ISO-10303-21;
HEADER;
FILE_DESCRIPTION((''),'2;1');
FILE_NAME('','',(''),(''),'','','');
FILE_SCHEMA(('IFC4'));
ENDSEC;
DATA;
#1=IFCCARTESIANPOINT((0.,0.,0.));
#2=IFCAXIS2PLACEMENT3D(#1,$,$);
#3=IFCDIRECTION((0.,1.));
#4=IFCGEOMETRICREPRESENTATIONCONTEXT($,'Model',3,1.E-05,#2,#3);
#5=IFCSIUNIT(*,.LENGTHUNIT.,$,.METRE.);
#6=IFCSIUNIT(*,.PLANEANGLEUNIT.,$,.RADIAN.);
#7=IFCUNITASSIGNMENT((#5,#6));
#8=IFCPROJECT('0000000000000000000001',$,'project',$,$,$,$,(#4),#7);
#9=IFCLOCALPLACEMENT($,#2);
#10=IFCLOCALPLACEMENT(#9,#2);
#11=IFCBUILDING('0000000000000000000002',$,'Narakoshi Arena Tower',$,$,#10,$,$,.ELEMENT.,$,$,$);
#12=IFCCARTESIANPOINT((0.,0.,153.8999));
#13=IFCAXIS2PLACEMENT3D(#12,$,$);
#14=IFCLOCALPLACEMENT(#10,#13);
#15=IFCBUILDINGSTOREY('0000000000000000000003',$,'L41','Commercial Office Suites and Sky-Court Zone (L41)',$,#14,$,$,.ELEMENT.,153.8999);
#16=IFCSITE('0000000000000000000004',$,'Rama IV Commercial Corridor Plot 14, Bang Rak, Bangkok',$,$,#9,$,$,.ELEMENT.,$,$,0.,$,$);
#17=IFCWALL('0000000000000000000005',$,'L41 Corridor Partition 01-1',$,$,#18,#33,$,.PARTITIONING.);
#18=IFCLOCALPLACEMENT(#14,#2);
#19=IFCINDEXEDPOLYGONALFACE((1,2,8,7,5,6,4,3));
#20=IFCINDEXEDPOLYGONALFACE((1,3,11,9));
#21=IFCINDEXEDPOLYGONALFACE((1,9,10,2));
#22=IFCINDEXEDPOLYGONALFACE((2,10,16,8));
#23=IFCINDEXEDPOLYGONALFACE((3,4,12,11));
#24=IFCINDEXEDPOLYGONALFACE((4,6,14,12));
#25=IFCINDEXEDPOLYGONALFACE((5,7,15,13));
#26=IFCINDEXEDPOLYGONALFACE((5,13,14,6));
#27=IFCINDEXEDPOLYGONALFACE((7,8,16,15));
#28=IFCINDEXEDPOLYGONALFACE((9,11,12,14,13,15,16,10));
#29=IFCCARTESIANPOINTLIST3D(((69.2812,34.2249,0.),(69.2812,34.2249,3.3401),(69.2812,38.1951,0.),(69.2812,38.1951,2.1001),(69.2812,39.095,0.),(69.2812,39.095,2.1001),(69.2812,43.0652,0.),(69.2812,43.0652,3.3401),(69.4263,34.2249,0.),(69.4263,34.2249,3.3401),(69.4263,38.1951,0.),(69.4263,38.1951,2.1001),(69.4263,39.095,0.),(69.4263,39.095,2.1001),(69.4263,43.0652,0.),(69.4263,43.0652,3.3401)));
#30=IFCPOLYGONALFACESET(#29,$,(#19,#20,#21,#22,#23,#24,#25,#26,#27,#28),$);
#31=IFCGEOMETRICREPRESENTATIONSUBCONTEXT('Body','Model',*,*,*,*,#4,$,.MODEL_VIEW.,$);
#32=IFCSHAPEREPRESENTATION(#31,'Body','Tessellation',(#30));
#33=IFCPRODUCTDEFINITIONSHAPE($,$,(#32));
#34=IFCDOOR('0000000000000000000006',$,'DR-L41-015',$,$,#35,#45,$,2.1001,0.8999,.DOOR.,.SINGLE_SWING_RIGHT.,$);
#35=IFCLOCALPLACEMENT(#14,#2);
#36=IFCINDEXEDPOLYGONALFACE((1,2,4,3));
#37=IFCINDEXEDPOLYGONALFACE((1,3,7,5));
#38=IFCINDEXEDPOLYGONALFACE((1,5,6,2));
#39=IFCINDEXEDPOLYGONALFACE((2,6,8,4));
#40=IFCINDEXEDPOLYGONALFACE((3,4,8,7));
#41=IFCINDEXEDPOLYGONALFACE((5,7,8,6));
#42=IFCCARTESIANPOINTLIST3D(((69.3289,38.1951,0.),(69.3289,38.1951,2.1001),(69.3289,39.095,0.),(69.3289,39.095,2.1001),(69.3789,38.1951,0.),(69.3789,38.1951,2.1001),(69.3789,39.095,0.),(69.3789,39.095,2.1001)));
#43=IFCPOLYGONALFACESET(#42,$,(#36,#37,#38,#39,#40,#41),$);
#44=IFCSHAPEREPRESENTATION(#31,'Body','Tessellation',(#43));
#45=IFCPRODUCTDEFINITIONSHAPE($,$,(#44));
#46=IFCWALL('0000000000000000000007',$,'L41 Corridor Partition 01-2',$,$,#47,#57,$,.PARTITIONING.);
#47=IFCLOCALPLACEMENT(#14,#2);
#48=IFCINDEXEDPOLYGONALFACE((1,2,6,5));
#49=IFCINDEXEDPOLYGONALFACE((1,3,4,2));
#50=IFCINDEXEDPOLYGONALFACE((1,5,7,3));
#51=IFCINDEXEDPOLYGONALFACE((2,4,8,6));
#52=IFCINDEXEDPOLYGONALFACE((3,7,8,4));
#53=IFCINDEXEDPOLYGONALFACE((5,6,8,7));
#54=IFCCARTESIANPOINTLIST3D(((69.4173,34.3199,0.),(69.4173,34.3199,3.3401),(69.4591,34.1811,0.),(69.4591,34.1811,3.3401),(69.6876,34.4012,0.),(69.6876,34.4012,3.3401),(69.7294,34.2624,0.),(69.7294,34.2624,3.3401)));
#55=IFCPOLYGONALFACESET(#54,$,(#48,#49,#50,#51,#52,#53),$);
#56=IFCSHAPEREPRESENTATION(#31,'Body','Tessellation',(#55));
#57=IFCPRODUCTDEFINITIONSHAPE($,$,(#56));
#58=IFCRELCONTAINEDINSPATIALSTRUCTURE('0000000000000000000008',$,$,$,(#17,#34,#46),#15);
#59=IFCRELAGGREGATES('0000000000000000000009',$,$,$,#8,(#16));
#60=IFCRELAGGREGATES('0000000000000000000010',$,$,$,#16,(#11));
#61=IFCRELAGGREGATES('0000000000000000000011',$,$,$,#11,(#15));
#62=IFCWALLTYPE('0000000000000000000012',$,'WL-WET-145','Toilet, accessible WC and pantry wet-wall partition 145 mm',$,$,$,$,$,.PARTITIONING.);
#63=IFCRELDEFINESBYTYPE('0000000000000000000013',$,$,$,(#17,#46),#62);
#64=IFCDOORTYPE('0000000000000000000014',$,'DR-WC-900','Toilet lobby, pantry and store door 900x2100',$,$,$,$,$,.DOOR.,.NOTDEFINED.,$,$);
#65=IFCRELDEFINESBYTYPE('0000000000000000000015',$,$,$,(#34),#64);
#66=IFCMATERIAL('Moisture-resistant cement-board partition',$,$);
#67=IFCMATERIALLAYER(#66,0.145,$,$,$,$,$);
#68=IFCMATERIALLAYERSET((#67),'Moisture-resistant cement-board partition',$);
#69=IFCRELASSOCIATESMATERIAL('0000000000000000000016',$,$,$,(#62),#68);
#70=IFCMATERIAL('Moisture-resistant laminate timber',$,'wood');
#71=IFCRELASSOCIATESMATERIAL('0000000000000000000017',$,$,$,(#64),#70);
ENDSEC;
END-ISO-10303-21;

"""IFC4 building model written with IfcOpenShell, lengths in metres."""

from ifc_helpers import new_model, si_unit, direction, frame, frame_2d, origin, place, context, subcontext, project, spatial, rectangle, extrude, material, layer, layer_set, type_object, element, fill, save


model = new_model("IFC4")

# Units and contexts
model_context = context("Model", 3, precision=1e-05, world=origin(), true_north=direction((0.0, 1.0)))
body_context = subcontext(model_context, "Body", "Model", "MODEL_VIEW")
ifc_project = project(units=[si_unit("LENGTHUNIT", "METRE"), si_unit("PLANEANGLEUNIT", "RADIAN")], contexts=[model_context])

# Site, building, storey
site_placement = place(None, origin())
site = spatial("IfcSite", under=ifc_project, at=site_placement, Name="Rama IV Commercial Corridor Plot 14, Bang Rak, Bangkok", CompositionType="ELEMENT", RefElevation=0.0)
building_placement = place(site_placement, origin())
building = spatial("IfcBuilding", under=site, at=building_placement, Name="Narakoshi Arena Tower", CompositionType="ELEMENT")
storey_placement = place(building_placement, frame((0.0, 0.0, 153.8999)))
storey = spatial("IfcBuildingStorey", under=building, at=storey_placement, Name="L41", Description="Commercial Office Suites and Sky-Court Zone (L41)", CompositionType="ELEMENT", Elevation=153.8999)

# Wall, opening, door
ifc_material_1 = material(Name="Moisture-resistant cement-board partition")
ifc_layer_1 = layer(ifc_material_1, 0.145)
ifc_layer_set_1 = layer_set([ifc_layer_1], Name="Moisture-resistant cement-board partition")
wall_type_1 = type_object("IfcWallType", Name="WL-WET-145", Description="Toilet, accessible WC and pantry wet-wall partition 145 mm", PredefinedType="PARTITIONING", material=ifc_layer_set_1)
wall_1_placement = place(storey_placement, frame((69.3538, 43.0652, 0.0), z_axis=(0.0, 0.0, 1.0), x_axis=(0.0, -1.0, 0.0)))
wall_1 = element("IfcWall", 1, at=wall_1_placement, inside=storey, type_object=wall_type_1, Name="L41 Corridor Partition 01-1", PredefinedType="PARTITIONING", context=body_context, shape_type="SweptSolid", body=[
    extrude(rectangle(XDim=8.8403, YDim=0.145, at=frame_2d((4.4202, 0.0))), origin(), (0.0, 0.0, 1.0), 3.3401),
])
opening_1_placement = place(wall_1_placement, frame((3.9702, 0.0, 0.0)))
opening_1 = element("IfcOpeningElement", 2, at=opening_1_placement, cuts=wall_1, PredefinedType="OPENING", context=body_context, shape_type="SweptSolid", body=[
    extrude(rectangle(XDim=0.8999, YDim=2.1001, at=frame_2d((0.45, 1.05))), frame((0.0, 0.0825, 0.0), z_axis=(0.0, -1.0, 0.0), x_axis=(1.0, 0.0, 0.0)), (0.0, 0.0, 1.0), 0.165),
])
ifc_material_2 = material(Name="Moisture-resistant laminate timber", Category="wood")
door_type_1 = type_object("IfcDoorType", Name="DR-WC-900", Description="Toilet lobby, pantry and store door 900x2100", OperationType="NOTDEFINED", PredefinedType="DOOR", material=ifc_material_2)
door_1_placement = place(opening_1_placement, frame((0.8999, 0.0, 0.0), z_axis=(0.0, 0.0, 1.0), x_axis=(-1.0, 0.0, 0.0)))
door_1 = element("IfcDoor", 3, at=door_1_placement, inside=storey, type_object=door_type_1, Name="DR-L41-015", OperationType="SINGLE_SWING_RIGHT", OverallHeight=2.1001, OverallWidth=0.8999, PredefinedType="DOOR", context=body_context, shape_type="SweptSolid", body=[
    extrude(rectangle(XDim=0.8999, YDim=2.1001, at=frame_2d((0.45, 1.05))), frame((0.0, 0.0249, 0.0), z_axis=(0.0, -1.0, 0.0), x_axis=(1.0, 0.0, 0.0)), (0.0, 0.0, 1.0), 0.05),
])
fill(opening_1, door_1)

# Wall
wall_2_placement = place(storey_placement, frame((69.4382, 34.2505, 0.0), z_axis=(0.0, 0.0, 1.0), x_axis=(0.957612, 0.288062, 0.0)))
element("IfcWall", 4, at=wall_2_placement, inside=storey, type_object=wall_type_1, Name="L41 Corridor Partition 01-2", PredefinedType="PARTITIONING", context=body_context, shape_type="SweptSolid", body=[
    extrude(rectangle(XDim=0.2822, YDim=0.145, at=frame_2d((0.1411, 0.0))), origin(), (0.0, 0.0, 1.0), 3.3401),
])

save(model, "model.ifc")
